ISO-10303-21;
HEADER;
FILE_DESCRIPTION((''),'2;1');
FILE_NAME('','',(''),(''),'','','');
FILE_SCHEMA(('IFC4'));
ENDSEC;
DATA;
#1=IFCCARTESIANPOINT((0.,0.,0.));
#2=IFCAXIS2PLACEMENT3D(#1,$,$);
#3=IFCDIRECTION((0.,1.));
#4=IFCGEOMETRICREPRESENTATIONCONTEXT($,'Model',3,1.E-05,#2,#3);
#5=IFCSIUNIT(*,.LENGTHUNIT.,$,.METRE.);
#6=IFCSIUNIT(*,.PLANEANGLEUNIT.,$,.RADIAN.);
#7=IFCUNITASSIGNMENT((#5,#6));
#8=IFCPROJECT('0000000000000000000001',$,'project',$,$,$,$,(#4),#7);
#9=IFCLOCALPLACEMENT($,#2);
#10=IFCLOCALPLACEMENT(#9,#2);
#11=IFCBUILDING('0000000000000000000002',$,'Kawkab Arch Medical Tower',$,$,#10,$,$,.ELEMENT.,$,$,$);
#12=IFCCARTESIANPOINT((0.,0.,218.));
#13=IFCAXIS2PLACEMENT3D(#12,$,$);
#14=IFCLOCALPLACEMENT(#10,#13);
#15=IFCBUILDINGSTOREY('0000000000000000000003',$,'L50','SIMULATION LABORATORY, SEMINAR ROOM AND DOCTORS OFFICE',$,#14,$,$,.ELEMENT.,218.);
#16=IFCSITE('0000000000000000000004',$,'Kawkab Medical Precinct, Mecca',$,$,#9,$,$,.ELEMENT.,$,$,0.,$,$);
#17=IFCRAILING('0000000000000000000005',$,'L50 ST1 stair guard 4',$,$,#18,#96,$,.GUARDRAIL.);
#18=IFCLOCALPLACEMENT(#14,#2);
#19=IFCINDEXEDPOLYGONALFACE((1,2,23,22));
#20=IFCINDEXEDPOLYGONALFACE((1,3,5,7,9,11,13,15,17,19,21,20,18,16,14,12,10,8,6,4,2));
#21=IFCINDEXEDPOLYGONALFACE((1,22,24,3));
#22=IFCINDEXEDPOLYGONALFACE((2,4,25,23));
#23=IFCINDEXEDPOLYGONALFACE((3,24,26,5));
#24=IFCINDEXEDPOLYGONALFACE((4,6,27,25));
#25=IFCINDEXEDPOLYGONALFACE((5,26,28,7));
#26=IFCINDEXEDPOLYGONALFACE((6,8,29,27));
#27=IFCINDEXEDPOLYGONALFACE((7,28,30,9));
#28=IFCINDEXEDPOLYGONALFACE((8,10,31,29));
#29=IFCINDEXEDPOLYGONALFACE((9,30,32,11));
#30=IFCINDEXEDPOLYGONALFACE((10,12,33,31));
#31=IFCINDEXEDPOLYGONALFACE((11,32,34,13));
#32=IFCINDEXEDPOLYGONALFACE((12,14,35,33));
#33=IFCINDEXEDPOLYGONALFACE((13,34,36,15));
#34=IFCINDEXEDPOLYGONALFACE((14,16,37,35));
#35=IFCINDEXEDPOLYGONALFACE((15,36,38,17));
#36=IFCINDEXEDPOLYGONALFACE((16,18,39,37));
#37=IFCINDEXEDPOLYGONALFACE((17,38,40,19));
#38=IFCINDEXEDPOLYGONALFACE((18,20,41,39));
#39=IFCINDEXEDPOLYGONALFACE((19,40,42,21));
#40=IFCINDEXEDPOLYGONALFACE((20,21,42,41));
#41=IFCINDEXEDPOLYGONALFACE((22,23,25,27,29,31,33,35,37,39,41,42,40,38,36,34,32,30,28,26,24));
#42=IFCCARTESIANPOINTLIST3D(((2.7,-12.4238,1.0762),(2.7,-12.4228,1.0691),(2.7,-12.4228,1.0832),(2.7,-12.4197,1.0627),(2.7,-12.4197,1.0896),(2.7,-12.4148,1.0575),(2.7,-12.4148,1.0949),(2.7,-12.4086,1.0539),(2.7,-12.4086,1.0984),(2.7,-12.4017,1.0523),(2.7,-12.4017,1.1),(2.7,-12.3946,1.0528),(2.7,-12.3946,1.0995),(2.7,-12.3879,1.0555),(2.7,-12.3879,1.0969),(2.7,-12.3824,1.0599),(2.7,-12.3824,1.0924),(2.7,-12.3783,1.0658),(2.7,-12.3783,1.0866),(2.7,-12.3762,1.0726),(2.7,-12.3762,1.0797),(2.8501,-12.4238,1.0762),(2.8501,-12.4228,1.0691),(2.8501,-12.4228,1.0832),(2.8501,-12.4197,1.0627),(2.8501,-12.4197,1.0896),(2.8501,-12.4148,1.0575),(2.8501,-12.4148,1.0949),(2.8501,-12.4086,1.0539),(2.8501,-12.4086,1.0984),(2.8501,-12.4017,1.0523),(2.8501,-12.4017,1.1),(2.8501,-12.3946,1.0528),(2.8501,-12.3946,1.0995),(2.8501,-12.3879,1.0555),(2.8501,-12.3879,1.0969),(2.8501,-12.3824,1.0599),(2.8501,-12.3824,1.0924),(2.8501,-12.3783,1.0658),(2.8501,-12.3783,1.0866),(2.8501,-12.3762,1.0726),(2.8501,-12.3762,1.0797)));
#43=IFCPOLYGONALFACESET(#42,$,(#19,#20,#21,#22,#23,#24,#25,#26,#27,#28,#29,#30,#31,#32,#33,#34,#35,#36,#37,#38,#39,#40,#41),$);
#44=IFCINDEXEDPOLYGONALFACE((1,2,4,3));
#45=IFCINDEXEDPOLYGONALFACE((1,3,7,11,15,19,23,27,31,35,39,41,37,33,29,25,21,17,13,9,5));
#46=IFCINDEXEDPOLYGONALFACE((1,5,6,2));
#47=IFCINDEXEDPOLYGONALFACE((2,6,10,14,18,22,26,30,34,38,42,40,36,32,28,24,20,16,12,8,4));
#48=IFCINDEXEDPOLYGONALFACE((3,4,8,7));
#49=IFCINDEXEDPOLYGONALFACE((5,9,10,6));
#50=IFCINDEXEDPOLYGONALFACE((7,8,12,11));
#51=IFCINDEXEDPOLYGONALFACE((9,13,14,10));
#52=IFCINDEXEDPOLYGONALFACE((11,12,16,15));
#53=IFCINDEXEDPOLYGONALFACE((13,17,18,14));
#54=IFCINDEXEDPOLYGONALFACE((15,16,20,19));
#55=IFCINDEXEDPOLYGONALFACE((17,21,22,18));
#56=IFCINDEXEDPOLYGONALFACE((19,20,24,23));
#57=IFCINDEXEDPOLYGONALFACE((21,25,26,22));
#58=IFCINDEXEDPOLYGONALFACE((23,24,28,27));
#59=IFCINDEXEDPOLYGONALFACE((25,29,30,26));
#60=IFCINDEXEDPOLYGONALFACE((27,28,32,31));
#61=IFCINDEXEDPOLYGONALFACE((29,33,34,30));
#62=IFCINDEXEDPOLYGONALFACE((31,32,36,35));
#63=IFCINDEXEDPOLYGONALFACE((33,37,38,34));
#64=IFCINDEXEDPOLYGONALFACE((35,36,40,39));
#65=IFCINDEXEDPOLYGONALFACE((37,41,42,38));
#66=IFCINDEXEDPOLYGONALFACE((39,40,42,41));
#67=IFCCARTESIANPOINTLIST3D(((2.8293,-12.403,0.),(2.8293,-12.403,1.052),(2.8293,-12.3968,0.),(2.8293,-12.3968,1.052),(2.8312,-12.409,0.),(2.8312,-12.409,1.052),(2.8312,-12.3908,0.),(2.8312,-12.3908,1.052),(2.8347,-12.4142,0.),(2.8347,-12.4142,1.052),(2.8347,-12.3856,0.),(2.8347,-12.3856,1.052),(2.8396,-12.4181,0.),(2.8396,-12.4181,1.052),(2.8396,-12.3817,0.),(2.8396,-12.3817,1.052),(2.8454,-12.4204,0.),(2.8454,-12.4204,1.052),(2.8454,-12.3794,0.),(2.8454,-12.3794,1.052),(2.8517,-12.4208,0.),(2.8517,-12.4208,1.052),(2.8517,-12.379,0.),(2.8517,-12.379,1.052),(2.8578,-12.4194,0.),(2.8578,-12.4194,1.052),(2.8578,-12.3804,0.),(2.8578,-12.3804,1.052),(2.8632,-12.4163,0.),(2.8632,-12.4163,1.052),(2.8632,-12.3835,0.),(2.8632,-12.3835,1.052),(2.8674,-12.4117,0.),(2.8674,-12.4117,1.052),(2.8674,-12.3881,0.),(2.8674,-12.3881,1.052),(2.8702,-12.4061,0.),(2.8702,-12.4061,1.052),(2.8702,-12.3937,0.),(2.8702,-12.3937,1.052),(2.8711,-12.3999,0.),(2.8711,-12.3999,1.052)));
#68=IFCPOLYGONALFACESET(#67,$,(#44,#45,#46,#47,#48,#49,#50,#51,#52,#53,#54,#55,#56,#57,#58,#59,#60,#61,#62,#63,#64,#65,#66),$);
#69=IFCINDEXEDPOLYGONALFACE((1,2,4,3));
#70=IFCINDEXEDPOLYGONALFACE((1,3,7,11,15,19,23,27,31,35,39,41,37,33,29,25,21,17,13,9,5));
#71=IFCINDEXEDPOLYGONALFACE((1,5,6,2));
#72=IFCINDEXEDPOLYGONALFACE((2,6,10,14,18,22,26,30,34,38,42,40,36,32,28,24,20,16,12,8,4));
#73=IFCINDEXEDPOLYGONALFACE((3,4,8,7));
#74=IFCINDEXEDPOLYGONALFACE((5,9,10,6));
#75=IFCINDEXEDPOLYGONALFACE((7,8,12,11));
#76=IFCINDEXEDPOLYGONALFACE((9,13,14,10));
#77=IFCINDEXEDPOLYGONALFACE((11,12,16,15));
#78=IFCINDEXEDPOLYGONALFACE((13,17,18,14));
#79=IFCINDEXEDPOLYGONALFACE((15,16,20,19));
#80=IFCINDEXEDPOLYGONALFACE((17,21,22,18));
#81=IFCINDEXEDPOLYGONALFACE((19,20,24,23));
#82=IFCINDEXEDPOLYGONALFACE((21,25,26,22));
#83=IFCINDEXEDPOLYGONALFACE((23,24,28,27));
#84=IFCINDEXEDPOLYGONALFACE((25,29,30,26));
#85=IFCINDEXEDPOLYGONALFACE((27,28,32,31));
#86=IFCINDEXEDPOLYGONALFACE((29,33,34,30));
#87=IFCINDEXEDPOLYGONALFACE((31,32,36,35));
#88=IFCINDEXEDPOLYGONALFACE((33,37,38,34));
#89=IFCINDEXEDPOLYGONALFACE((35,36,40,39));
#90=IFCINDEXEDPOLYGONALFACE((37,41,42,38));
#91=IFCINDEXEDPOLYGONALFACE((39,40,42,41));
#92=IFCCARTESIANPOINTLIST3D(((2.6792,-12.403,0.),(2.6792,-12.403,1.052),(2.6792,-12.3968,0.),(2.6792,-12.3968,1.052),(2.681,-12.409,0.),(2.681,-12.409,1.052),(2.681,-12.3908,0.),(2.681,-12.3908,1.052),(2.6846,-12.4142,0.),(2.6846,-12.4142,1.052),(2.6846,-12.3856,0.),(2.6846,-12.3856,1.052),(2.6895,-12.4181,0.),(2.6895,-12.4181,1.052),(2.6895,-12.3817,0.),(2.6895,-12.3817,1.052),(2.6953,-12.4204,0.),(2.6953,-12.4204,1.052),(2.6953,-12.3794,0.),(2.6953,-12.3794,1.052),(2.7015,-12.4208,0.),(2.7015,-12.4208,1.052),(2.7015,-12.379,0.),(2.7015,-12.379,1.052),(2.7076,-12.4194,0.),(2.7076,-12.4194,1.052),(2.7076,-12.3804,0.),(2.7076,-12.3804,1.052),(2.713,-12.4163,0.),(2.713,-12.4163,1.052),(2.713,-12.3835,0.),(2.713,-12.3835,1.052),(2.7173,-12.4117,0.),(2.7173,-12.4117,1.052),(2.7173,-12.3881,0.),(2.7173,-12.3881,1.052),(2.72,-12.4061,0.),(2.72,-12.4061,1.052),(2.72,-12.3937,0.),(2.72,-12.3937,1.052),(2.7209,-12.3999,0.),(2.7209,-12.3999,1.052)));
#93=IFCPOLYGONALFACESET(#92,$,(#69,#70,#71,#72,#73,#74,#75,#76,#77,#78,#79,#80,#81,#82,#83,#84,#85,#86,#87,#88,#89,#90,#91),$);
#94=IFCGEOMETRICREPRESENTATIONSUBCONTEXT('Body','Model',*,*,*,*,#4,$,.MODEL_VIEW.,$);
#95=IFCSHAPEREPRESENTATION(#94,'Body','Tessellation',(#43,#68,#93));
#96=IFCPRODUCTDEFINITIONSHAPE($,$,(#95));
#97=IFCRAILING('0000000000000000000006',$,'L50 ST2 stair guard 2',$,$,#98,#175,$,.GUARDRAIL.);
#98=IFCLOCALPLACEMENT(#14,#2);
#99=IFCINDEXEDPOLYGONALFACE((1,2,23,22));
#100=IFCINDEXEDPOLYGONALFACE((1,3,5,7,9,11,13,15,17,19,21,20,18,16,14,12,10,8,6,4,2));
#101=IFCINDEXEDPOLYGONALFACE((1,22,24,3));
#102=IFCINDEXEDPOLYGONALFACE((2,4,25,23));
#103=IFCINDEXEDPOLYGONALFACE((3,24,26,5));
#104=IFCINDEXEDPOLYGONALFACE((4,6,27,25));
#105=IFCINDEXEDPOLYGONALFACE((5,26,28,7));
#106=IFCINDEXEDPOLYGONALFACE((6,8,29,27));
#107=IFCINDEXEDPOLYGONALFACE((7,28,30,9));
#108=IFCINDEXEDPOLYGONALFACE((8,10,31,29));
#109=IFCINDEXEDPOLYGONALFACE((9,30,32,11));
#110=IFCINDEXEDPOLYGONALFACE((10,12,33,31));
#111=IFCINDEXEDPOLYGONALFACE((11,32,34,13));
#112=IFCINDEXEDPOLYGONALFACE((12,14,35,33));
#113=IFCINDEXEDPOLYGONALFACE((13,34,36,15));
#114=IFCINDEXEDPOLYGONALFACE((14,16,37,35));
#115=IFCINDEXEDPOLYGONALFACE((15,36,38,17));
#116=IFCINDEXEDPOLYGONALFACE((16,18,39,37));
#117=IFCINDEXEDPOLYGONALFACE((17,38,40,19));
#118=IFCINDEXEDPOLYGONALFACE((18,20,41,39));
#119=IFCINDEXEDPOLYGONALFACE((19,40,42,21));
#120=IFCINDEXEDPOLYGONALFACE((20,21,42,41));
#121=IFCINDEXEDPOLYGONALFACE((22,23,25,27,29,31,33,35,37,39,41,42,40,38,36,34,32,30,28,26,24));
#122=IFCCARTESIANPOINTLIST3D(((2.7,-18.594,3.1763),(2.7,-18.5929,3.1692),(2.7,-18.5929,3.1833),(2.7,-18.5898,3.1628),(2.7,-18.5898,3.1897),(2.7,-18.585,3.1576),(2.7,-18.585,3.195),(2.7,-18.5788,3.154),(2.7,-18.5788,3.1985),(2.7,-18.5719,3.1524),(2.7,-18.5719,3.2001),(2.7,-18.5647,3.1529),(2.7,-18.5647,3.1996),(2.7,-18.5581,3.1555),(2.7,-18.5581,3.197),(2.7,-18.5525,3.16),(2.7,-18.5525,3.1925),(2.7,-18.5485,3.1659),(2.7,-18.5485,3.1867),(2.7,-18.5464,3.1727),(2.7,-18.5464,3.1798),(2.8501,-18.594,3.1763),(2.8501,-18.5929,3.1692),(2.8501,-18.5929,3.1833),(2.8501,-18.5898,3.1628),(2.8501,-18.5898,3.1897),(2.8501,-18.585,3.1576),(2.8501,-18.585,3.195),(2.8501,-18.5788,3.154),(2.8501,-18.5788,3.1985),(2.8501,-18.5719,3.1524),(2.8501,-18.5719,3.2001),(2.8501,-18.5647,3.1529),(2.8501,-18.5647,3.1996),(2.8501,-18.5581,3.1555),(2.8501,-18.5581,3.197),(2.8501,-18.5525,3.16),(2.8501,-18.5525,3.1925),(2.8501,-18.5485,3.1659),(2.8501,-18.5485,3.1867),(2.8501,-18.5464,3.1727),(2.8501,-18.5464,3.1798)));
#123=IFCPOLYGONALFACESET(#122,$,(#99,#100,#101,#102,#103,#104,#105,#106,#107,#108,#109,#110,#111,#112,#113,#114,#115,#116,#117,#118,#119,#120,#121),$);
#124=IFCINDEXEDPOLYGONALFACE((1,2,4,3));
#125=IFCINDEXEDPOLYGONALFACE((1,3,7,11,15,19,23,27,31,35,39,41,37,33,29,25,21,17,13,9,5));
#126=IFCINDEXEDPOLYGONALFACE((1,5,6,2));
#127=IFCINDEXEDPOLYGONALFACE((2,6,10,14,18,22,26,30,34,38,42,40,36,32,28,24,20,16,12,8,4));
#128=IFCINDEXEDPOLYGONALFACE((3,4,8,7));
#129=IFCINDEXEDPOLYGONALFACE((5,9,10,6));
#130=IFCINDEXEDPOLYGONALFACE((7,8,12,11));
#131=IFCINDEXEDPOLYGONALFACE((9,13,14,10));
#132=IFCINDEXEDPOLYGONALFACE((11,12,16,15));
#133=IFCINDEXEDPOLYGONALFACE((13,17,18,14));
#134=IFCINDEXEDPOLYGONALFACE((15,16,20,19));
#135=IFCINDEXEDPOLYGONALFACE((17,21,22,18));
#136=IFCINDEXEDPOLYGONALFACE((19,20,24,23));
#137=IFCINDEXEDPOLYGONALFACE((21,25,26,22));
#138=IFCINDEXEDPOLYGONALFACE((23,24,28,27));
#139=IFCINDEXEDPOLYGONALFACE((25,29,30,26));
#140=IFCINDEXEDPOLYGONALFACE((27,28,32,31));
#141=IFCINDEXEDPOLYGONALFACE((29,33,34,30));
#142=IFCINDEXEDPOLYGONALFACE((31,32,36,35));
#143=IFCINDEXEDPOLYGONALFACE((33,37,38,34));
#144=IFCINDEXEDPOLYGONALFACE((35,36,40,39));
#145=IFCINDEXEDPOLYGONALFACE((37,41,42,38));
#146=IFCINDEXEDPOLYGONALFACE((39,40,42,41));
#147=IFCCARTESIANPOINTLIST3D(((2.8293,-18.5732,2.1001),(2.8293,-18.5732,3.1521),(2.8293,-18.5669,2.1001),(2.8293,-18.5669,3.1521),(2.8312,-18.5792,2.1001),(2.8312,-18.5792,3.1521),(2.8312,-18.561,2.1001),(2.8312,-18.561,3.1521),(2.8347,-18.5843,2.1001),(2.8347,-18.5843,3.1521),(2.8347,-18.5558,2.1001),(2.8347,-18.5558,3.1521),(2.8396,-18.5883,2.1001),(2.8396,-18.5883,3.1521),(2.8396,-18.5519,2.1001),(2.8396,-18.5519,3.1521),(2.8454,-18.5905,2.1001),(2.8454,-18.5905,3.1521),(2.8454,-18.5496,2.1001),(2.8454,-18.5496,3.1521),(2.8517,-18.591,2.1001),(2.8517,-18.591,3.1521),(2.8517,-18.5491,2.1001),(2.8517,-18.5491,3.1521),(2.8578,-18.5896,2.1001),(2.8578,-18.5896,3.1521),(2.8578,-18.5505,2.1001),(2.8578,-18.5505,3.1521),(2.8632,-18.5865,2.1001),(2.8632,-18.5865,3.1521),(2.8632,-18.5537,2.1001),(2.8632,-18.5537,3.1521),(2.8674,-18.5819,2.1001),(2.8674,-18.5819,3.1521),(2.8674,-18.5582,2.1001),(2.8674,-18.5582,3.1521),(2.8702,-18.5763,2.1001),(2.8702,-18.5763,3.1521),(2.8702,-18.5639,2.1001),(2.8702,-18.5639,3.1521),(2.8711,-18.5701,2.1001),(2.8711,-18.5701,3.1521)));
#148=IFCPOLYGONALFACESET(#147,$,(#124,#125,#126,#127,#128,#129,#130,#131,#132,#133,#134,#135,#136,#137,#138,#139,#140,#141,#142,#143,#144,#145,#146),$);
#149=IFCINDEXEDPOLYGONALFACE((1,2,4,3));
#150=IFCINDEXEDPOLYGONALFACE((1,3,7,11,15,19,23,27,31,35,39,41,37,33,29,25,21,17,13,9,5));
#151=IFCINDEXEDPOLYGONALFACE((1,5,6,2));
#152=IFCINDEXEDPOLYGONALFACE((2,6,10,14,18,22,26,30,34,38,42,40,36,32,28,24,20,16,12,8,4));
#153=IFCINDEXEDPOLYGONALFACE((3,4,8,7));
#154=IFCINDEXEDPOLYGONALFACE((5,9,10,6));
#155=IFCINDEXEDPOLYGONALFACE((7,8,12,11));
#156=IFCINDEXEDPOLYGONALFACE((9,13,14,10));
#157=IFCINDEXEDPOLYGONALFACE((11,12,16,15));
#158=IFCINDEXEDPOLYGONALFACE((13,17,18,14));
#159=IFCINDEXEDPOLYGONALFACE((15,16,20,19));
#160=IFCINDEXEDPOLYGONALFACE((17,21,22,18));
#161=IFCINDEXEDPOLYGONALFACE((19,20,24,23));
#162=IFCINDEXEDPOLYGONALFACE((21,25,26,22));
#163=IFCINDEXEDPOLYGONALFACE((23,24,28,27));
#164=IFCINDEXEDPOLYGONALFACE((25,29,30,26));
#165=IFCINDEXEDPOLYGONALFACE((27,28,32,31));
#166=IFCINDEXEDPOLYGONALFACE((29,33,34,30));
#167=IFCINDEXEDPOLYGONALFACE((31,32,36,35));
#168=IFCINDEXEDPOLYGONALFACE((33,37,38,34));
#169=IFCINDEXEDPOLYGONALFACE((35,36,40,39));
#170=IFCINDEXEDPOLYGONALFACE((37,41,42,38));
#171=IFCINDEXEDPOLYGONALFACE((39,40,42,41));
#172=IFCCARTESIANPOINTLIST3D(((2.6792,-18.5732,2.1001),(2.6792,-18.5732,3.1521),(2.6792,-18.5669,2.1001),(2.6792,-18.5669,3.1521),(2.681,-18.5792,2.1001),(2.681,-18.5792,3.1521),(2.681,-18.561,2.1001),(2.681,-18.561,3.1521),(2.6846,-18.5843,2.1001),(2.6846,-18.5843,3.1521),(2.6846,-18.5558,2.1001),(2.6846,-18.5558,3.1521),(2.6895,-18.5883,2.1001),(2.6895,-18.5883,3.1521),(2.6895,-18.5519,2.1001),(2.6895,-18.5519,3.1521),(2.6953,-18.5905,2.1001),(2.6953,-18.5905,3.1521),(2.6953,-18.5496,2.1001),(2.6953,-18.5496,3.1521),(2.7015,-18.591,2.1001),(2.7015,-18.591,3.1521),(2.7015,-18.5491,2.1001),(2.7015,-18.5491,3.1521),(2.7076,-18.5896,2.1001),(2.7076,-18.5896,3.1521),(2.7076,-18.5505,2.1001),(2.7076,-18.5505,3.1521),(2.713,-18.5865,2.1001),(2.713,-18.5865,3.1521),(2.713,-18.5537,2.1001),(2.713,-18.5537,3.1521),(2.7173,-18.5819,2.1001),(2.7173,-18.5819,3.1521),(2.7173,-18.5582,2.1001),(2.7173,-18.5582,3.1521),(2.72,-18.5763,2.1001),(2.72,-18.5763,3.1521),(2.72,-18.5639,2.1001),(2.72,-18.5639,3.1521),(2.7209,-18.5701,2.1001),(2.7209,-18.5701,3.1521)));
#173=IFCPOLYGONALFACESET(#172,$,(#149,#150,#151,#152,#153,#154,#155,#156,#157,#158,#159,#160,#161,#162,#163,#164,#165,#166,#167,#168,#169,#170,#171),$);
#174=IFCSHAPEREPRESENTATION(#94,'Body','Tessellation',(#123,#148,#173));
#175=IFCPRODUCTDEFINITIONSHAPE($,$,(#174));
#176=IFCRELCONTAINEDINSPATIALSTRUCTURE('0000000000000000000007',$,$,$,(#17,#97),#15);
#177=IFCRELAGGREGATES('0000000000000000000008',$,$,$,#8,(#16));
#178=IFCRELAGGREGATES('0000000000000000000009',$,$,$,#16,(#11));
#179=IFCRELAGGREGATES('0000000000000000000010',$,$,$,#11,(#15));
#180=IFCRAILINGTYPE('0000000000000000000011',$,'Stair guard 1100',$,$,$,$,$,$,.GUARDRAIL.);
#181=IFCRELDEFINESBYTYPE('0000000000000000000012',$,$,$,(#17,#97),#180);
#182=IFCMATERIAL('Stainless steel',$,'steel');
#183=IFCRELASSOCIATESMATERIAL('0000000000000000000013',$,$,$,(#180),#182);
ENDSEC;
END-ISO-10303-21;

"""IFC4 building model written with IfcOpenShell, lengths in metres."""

from ifc_helpers import new_model, si_unit, direction, frame, origin, origin_2d, place, context, subcontext, project, spatial, circle, extrude, material, type_object, element, save


model = new_model("IFC4")

# Units and contexts
model_context = context("Model", 3, precision=1e-05, world=origin(), true_north=direction((0.0, 1.0)))
body_context = subcontext(model_context, "Body", "Model", "MODEL_VIEW")
ifc_project = project(units=[si_unit("LENGTHUNIT", "METRE"), si_unit("PLANEANGLEUNIT", "RADIAN")], contexts=[model_context])

# Site, building, storey
site_placement = place(None, origin())
site = spatial("IfcSite", under=ifc_project, at=site_placement, Name="Kawkab Medical Precinct, Mecca", CompositionType="ELEMENT", RefElevation=0.0)
building_placement = place(site_placement, origin())
building = spatial("IfcBuilding", under=site, at=building_placement, Name="Kawkab Arch Medical Tower", CompositionType="ELEMENT")
storey_placement = place(building_placement, frame((0.0, 0.0, 218.0)))
storey = spatial("IfcBuildingStorey", under=building, at=storey_placement, Name="L50", Description="SIMULATION LABORATORY, SEMINAR ROOM AND DOCTORS OFFICE", CompositionType="ELEMENT", Elevation=218.0)

# Railings
ifc_material_1 = material(Name="Stainless steel", Category="steel")
railing_type_1 = type_object("IfcRailingType", Name="Stair guard 1100", PredefinedType="GUARDRAIL", material=ifc_material_1)
for number, where, name in (
    (1, (2.8501, -12.3999, 0.0), "L50 ST1 stair guard 4"),
    (2, (2.8501, -18.5701, 2.1001), "L50 ST2 stair guard 2"),
):
    element("IfcRailing", number, at=place(storey_placement, frame(where)), inside=storey, type_object=railing_type_1, Name=name, PredefinedType="GUARDRAIL", context=body_context, shape_type="SweptSolid", body=[
        extrude(circle(Radius=0.0239, at=origin_2d()), frame((0.0, 0.0, 1.0762), z_axis=(-1.0, 0.0, 0.0), x_axis=(0.0, -1.0, 0.0)), (0.0, 0.0, 1.0), 0.1501),
        extrude(circle(Radius=0.021, at=origin_2d()), origin(), (0.0, 0.0, 1.0), 1.052),
        extrude(circle(Radius=0.021, at=origin_2d()), frame((-0.1501, 0.0, 0.0)), (0.0, 0.0, 1.0), 1.052),
    ])

save(model, "model.ifc")
